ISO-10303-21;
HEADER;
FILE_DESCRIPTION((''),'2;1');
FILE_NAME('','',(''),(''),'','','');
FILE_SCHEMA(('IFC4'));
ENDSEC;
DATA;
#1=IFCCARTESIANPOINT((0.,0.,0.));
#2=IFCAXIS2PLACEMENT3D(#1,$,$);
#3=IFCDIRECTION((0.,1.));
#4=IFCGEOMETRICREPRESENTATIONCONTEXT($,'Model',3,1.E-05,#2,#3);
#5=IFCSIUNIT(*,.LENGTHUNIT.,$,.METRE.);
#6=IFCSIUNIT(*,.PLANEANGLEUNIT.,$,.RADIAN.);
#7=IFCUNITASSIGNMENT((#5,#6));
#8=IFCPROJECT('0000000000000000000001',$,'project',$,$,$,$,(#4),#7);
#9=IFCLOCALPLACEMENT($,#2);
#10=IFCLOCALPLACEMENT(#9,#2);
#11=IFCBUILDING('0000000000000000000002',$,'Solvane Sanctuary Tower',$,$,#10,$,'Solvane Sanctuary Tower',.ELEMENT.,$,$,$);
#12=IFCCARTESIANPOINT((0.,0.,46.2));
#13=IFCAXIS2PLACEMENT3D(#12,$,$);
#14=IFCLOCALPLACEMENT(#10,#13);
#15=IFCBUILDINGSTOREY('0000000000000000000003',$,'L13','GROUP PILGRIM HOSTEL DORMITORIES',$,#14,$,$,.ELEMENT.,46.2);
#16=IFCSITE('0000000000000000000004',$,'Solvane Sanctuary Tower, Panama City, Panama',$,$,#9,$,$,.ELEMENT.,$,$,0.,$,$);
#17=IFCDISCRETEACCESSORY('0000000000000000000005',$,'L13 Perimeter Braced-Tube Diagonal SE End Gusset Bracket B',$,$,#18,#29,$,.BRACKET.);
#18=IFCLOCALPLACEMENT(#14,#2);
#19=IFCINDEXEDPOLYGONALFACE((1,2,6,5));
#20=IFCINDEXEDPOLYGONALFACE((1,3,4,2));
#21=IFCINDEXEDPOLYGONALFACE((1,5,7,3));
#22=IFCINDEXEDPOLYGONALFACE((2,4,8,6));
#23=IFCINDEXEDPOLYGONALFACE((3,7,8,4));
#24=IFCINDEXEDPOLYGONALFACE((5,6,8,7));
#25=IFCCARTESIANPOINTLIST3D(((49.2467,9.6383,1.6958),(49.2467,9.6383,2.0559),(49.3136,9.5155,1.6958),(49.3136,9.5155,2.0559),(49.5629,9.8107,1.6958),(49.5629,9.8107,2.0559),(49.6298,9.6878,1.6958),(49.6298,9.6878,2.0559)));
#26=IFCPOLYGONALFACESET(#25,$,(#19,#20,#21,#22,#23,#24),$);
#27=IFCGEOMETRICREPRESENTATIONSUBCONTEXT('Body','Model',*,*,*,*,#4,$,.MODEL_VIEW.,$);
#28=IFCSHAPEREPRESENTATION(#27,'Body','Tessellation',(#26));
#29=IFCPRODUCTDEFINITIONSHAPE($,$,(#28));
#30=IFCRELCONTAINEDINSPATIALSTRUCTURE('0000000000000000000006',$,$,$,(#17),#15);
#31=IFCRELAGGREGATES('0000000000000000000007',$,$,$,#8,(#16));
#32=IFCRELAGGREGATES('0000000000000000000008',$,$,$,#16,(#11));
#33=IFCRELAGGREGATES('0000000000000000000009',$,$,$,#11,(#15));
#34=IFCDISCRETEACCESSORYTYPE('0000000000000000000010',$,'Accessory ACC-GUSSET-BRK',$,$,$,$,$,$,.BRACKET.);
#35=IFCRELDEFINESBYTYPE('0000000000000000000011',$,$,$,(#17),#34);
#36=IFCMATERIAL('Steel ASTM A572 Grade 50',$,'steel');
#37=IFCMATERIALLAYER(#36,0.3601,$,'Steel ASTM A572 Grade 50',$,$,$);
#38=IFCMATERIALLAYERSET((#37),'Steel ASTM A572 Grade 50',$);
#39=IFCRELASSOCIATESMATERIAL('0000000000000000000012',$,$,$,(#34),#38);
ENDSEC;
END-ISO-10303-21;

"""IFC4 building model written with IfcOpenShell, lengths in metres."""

from ifc_helpers import new_model, si_unit, direction, frame, origin, origin_2d, place, context, subcontext, project, spatial, rectangle, extrude, material, layer, layer_set, type_object, element, save


model = new_model("IFC4")

# Units and contexts
model_context = context("Model", 3, precision=1e-05, world=origin(), true_north=direction((0.0, 1.0)))
body_context = subcontext(model_context, "Body", "Model", "MODEL_VIEW")
ifc_project = project(units=[si_unit("LENGTHUNIT", "METRE"), si_unit("PLANEANGLEUNIT", "RADIAN")], contexts=[model_context])

# Site, building, storey
site_placement = place(None, origin())
site = spatial("IfcSite", under=ifc_project, at=site_placement, Name="Solvane Sanctuary Tower, Panama City, Panama", CompositionType="ELEMENT", RefElevation=0.0)
building_placement = place(site_placement, origin())
building = spatial("IfcBuilding", under=site, at=building_placement, Name="Solvane Sanctuary Tower", LongName="Solvane Sanctuary Tower", CompositionType="ELEMENT")
storey_placement = place(building_placement, frame((0.0, 0.0, 46.2)))
storey = spatial("IfcBuildingStorey", under=building, at=storey_placement, Name="L13", Description="GROUP PILGRIM HOSTEL DORMITORIES", CompositionType="ELEMENT", Elevation=46.2)

# Discrete accessory
ifc_material_1 = material(Name="Steel ASTM A572 Grade 50", Category="steel")
ifc_layer_1 = layer(ifc_material_1, 0.3601, Name="Steel ASTM A572 Grade 50")
ifc_layer_set_1 = layer_set([ifc_layer_1], Name="Steel ASTM A572 Grade 50")
discrete_accessory_type = type_object("IfcDiscreteAccessoryType", Name="Accessory ACC-GUSSET-BRK", PredefinedType="BRACKET", material=ifc_layer_set_1)
discrete_accessory_placement = place(storey_placement, frame((49.4382, 9.6631, 1.6958), z_axis=(0.0, 0.0, 1.0), x_axis=(0.878067, 0.478539, 0.0)))
element("IfcDiscreteAccessory", 1, at=discrete_accessory_placement, inside=storey, type_object=discrete_accessory_type, Name="L13 Perimeter Braced-Tube Diagonal SE End Gusset Bracket B", PredefinedType="BRACKET", context=body_context, shape_type="SweptSolid", body=[
    extrude(rectangle(XDim=0.3601, YDim=0.1399, at=origin_2d()), origin(), (0.0, 0.0, 1.0), 0.3601),
])

save(model, "model.ifc")
